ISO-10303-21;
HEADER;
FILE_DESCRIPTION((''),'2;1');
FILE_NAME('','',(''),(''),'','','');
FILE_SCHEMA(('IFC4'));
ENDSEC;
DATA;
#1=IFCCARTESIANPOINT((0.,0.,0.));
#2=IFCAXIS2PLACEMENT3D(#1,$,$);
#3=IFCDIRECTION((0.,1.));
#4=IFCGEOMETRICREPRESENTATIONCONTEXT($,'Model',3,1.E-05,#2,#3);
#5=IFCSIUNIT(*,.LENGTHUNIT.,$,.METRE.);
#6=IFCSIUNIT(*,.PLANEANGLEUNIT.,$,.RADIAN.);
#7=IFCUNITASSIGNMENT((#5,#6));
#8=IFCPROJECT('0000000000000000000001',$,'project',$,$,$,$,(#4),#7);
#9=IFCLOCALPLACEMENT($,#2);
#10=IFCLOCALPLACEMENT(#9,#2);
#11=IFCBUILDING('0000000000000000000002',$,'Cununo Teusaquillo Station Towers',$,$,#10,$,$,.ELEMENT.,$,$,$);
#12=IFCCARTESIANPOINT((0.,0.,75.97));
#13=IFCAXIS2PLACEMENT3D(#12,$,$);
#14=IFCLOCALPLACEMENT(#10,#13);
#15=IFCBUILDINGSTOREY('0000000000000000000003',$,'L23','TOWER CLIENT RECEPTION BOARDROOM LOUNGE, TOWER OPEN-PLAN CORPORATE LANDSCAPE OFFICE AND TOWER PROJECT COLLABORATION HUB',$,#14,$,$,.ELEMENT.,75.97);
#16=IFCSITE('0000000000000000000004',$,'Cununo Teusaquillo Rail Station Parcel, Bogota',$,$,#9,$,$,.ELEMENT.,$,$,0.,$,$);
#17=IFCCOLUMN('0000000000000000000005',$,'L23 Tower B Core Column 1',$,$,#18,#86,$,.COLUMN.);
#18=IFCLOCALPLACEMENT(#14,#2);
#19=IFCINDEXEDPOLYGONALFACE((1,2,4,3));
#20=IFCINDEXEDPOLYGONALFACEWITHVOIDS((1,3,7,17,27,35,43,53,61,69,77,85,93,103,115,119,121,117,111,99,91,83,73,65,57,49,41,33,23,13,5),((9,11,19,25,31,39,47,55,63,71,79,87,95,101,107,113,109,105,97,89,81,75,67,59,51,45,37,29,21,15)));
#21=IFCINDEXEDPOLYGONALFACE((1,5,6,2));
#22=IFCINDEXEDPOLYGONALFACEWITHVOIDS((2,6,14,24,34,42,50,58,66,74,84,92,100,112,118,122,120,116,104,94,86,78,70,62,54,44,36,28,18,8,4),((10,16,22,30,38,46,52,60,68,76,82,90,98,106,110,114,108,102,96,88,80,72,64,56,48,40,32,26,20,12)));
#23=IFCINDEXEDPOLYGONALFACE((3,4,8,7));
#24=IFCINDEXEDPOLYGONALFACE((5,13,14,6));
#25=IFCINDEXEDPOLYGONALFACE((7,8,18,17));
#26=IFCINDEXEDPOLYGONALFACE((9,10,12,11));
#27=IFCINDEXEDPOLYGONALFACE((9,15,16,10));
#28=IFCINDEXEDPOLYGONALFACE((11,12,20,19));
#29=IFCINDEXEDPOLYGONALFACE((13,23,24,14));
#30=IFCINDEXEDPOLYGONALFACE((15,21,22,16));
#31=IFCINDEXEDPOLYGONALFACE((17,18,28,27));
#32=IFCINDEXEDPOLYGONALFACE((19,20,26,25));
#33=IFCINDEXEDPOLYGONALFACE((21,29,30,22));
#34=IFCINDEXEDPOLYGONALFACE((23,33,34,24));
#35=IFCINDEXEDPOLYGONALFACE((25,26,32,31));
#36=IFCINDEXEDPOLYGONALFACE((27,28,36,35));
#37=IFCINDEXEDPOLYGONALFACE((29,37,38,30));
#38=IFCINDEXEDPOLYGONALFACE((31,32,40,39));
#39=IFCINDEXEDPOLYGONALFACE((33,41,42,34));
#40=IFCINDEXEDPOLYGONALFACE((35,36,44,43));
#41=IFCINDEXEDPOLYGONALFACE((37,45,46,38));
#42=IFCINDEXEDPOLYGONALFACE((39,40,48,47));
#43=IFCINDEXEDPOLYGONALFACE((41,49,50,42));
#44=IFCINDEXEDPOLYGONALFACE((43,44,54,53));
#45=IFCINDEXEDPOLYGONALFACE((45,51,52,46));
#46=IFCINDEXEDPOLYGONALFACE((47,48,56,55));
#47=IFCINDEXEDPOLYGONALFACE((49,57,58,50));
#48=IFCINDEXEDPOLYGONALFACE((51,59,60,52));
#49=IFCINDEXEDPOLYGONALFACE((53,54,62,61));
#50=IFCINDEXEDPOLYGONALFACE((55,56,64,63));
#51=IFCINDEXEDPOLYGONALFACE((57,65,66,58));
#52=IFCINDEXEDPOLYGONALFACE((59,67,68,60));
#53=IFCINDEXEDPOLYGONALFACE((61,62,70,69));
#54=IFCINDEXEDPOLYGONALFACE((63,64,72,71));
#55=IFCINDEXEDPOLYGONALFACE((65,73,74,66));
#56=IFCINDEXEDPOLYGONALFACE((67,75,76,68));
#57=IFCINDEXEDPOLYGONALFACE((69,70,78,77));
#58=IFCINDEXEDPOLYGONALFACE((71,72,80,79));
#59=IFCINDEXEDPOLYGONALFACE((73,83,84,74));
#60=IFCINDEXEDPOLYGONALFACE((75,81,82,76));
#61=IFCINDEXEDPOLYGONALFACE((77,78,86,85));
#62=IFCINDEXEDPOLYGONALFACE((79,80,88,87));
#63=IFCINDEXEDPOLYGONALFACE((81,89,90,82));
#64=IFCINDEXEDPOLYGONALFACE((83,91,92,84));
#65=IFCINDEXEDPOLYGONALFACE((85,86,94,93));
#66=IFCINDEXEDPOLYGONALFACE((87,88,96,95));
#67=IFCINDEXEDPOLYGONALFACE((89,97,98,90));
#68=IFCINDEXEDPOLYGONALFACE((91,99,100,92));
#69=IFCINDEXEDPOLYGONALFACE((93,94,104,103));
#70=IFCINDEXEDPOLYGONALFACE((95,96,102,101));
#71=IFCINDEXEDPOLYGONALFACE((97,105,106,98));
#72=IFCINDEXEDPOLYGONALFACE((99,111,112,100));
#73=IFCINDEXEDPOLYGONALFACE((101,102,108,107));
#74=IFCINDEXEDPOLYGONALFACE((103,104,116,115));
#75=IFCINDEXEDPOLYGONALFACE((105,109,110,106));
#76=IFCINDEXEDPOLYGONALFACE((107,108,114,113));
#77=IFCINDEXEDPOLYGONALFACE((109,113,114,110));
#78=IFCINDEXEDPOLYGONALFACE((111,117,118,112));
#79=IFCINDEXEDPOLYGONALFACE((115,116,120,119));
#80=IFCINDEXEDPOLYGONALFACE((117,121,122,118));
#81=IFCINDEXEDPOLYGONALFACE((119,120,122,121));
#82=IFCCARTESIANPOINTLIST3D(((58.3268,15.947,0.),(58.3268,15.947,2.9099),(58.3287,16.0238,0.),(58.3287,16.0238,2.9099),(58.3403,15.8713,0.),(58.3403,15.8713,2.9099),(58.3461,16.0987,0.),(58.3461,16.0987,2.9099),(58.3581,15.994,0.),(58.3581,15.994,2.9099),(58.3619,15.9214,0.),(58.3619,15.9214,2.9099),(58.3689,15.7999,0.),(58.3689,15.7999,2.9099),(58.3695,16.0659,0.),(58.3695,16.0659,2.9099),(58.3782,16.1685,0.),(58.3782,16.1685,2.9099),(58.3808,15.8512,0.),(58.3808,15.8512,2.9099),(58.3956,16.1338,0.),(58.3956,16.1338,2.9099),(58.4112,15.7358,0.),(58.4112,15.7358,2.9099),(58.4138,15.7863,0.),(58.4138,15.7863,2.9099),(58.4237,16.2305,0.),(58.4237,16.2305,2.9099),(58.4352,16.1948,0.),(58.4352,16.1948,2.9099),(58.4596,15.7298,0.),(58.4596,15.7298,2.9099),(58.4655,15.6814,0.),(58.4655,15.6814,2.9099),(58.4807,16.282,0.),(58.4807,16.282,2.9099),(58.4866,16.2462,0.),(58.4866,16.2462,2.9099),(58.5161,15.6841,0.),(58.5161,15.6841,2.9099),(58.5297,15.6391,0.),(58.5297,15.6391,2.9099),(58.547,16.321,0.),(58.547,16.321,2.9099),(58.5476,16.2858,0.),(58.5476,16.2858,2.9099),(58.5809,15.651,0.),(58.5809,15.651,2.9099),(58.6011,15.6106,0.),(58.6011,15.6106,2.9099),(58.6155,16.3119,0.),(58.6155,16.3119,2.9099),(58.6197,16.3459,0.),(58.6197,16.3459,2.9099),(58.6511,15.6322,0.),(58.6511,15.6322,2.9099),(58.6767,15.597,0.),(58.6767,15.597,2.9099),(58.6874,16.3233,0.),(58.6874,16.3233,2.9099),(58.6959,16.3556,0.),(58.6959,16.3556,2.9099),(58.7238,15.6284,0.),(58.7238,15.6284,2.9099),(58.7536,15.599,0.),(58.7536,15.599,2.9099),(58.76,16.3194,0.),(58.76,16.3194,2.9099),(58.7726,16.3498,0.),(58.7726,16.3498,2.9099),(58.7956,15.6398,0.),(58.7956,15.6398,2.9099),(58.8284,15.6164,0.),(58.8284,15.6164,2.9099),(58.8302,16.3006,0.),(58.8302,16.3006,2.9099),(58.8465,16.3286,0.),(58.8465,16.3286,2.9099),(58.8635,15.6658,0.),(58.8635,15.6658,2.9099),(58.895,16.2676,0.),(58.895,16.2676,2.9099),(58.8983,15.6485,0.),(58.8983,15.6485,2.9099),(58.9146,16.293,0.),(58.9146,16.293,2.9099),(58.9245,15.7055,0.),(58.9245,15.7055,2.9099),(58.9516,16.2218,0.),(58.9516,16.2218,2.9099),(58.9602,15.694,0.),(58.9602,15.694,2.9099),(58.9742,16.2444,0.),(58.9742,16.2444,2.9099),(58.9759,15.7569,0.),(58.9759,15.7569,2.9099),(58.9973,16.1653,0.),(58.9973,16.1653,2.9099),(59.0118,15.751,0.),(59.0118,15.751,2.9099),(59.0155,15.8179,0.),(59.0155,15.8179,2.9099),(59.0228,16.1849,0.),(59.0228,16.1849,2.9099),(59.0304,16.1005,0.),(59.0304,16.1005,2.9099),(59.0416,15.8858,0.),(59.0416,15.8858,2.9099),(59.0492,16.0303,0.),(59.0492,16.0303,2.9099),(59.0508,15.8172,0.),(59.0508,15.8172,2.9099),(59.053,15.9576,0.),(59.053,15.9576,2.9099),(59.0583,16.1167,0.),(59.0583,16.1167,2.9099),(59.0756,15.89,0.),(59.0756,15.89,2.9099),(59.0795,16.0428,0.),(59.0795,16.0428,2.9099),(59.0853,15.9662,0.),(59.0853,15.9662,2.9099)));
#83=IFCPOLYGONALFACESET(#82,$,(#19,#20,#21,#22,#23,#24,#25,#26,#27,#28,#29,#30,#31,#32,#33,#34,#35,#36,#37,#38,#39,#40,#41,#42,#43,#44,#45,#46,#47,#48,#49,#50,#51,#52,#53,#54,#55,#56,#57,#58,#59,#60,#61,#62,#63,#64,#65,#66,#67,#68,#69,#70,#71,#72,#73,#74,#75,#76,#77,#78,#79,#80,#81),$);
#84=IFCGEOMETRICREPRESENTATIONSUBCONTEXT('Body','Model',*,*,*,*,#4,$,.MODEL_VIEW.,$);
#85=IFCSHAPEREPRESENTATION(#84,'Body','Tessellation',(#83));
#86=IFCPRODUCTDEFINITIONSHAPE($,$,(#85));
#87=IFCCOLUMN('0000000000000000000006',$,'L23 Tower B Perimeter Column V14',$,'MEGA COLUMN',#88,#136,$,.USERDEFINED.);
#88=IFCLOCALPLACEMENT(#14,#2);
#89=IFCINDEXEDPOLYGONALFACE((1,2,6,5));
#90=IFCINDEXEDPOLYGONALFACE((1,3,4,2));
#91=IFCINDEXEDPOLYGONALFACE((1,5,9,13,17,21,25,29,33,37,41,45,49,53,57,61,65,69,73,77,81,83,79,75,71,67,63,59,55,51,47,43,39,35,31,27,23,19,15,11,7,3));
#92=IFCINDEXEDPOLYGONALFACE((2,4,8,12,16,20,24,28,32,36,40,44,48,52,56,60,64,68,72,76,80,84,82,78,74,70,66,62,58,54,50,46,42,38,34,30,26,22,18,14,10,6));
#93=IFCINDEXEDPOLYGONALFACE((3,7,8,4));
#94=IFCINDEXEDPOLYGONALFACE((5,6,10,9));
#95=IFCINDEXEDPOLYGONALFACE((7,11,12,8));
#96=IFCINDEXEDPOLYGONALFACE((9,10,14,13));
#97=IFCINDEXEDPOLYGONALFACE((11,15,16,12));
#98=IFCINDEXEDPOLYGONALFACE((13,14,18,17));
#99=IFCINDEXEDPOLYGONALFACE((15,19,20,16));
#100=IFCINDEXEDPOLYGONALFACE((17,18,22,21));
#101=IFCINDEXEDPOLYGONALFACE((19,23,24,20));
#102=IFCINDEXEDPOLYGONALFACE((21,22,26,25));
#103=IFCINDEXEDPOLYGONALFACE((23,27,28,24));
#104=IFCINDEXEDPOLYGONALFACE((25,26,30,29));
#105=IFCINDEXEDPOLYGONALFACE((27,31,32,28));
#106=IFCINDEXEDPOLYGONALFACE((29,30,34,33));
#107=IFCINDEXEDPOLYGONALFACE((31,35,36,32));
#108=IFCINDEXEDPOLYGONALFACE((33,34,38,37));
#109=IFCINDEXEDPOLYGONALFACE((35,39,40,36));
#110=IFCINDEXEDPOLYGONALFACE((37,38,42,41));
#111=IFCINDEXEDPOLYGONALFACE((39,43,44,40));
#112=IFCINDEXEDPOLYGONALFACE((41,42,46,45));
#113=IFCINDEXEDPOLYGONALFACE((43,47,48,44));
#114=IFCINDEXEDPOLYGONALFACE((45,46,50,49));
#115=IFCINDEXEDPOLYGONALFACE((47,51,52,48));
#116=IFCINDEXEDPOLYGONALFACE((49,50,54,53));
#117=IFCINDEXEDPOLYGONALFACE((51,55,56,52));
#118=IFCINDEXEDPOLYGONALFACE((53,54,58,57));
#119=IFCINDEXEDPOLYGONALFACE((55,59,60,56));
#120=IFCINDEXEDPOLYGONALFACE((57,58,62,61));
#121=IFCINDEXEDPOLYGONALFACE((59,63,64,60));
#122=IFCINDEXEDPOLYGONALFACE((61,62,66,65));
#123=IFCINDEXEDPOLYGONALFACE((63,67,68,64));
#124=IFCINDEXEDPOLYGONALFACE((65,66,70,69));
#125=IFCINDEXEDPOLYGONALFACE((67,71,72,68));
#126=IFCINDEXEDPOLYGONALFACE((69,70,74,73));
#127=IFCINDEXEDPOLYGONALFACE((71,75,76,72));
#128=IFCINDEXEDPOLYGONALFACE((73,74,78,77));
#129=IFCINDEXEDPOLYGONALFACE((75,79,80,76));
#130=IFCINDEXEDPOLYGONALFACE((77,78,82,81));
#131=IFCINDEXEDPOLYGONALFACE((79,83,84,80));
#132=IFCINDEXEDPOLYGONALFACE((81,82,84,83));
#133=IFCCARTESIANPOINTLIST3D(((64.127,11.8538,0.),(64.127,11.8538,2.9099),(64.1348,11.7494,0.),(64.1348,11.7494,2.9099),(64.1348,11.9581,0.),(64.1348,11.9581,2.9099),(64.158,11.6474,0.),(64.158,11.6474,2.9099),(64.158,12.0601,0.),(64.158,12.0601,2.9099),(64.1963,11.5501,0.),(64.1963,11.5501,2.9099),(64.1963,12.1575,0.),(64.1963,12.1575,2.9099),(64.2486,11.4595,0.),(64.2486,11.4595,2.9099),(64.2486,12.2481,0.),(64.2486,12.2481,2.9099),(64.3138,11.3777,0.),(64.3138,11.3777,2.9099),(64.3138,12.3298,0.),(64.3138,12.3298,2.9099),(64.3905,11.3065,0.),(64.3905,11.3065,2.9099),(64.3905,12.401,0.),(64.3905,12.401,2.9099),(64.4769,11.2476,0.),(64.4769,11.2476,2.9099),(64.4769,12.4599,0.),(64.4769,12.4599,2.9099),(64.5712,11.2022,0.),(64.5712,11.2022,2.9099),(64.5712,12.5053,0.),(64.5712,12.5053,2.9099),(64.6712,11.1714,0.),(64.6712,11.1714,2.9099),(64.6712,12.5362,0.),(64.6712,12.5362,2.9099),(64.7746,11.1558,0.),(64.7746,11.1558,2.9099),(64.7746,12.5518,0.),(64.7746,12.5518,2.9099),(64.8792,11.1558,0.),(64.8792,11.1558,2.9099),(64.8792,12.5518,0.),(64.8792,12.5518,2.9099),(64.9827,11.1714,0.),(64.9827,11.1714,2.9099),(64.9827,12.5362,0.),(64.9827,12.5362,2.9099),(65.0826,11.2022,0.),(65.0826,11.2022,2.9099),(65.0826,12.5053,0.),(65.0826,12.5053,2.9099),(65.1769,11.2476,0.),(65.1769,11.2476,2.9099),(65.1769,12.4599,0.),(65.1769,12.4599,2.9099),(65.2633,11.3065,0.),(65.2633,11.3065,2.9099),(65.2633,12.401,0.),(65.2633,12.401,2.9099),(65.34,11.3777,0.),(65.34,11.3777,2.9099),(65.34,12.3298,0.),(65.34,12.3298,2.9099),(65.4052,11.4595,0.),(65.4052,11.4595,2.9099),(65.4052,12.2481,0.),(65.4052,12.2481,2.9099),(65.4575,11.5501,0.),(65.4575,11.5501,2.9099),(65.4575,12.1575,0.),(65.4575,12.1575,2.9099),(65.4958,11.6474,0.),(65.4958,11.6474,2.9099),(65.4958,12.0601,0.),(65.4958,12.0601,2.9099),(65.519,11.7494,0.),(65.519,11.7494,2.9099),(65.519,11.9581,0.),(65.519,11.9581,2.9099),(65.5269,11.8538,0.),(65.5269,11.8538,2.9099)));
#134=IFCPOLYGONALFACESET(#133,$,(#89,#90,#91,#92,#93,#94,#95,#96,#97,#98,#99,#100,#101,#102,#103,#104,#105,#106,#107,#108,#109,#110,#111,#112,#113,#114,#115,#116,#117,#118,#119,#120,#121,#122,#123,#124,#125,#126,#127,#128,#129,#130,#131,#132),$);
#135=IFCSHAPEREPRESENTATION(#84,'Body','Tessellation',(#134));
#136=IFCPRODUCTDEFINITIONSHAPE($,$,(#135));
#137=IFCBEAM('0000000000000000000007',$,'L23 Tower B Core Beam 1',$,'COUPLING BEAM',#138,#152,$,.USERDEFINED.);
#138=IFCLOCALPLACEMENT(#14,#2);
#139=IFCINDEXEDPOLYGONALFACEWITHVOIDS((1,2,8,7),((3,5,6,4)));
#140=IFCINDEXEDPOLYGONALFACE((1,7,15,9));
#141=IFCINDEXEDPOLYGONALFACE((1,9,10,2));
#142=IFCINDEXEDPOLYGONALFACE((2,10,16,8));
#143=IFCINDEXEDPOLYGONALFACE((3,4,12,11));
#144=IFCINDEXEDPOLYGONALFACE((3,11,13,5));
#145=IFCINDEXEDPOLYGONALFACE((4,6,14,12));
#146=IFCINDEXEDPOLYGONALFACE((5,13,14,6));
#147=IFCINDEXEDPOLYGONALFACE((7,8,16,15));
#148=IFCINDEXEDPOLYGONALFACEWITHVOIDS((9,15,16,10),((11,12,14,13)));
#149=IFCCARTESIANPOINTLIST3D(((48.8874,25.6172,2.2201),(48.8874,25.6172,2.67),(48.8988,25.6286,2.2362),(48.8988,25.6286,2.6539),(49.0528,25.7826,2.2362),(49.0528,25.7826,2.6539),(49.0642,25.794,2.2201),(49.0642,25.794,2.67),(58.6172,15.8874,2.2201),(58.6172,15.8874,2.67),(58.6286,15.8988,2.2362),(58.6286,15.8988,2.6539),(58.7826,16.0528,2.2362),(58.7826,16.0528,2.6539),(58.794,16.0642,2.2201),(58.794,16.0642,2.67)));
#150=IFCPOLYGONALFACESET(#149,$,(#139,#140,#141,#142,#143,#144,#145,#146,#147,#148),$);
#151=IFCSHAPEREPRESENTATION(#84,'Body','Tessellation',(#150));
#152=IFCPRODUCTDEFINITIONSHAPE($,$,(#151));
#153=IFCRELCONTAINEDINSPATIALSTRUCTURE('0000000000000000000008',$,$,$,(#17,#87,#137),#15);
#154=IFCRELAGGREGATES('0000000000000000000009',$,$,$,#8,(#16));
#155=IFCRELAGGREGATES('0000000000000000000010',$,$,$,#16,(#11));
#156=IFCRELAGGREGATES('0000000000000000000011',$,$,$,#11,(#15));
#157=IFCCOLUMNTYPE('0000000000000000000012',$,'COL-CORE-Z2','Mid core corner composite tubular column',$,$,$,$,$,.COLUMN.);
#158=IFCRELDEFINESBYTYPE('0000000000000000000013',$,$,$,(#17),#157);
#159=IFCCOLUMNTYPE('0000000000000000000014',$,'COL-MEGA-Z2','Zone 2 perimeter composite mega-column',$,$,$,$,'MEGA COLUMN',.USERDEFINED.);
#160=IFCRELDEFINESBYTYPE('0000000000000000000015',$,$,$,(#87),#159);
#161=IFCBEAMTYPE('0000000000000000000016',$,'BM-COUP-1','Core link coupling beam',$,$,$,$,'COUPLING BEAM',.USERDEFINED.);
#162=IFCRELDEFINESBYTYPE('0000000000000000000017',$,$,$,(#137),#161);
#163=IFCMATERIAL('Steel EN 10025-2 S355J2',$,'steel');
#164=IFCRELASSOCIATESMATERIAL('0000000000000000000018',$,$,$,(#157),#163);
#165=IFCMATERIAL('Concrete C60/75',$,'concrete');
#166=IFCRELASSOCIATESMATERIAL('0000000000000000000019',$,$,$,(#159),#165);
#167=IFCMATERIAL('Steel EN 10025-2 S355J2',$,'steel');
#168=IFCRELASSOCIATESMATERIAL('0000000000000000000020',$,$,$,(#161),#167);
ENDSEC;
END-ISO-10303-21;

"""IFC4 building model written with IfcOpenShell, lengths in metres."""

from ifc_helpers import new_model, si_unit, direction, frame, origin, origin_2d, place, context, subcontext, project, spatial, hollow_rectangle, circle, hollow_circle, extrude, material, material_profile, profile_set, type_object, element, save


model = new_model("IFC4")

# Units and contexts
model_context = context("Model", 3, precision=1e-05, world=origin(), true_north=direction((0.0, 1.0)))
body_context = subcontext(model_context, "Body", "Model", "MODEL_VIEW")
ifc_project = project(units=[si_unit("LENGTHUNIT", "METRE"), si_unit("PLANEANGLEUNIT", "RADIAN")], contexts=[model_context])

# Site, building, storey
site_placement = place(None, origin())
site = spatial("IfcSite", under=ifc_project, at=site_placement, Name="Cununo Teusaquillo Rail Station Parcel, Bogota", CompositionType="ELEMENT", RefElevation=0.0)
building_placement = place(site_placement, origin())
building = spatial("IfcBuilding", under=site, at=building_placement, Name="Cununo Teusaquillo Station Towers", CompositionType="ELEMENT")
storey_placement = place(building_placement, frame((0.0, 0.0, 75.97)))
storey = spatial("IfcBuildingStorey", under=building, at=storey_placement, Name="L23", Description="TOWER CLIENT RECEPTION BOARDROOM LOUNGE, TOWER OPEN-PLAN CORPORATE LANDSCAPE OFFICE AND TOWER PROJECT COLLABORATION HUB", CompositionType="ELEMENT", Elevation=75.97)

# Columns
ifc_material_1 = material(Name="Steel EN 10025-2 S355J2", Category="steel")
ifc_material_profile_1 = material_profile(ifc_material_1, hollow_circle(Radius=0.3799, WallThickness=0.032, at=origin_2d()), Name="CHS 760x32")
ifc_profile_set_1 = profile_set([ifc_material_profile_1], Name="Steel EN 10025-2 S355J2")
column_type_1 = type_object("IfcColumnType", Name="COL-CORE-Z2", Description="Mid core corner composite tubular column", PredefinedType="COLUMN", material=ifc_profile_set_1)
column_1_placement = place(storey_placement, frame((58.7056, 15.9758, 0.0), z_axis=(0.0, 0.0, 1.0), x_axis=(0.707107, 0.707107, 0.0)))
element("IfcColumn", 1, at=column_1_placement, inside=storey, type_object=column_type_1, Name="L23 Tower B Core Column 1", PredefinedType="COLUMN", context=body_context, shape_type="SweptSolid", body=[
    extrude(hollow_circle(Radius=0.3799, WallThickness=0.032, at=origin_2d()), origin(), (0.0, 0.0, 1.0), 2.9099),
])
ifc_material_2 = material(Name="Concrete C60/75", Category="concrete")
ifc_material_profile_2 = material_profile(ifc_material_2, circle(Radius=0.7, at=origin_2d()), Name="RC-CIRC-1400")
ifc_profile_set_2 = profile_set([ifc_material_profile_2], Name="Concrete C60/75")
column_type_2 = type_object("IfcColumnType", Name="COL-MEGA-Z2", Description="Zone 2 perimeter composite mega-column", ElementType="MEGA COLUMN", PredefinedType="USERDEFINED", material=ifc_profile_set_2)
column_2_placement = place(storey_placement, frame((64.8269, 11.8538, 0.0), z_axis=(0.0, 0.0, 1.0), x_axis=(1.0, 0.0, 0.0)))
element("IfcColumn", 2, at=column_2_placement, inside=storey, type_object=column_type_2, Name="L23 Tower B Perimeter Column V14", ObjectType="MEGA COLUMN", PredefinedType="USERDEFINED", context=body_context, shape_type="SweptSolid", body=[
    extrude(circle(Radius=0.7, at=origin_2d()), origin(), (0.0, 0.0, 1.0), 2.9099),
])

# Beam
ifc_material_3 = material(Name="Steel EN 10025-2 S355J2", Category="steel")
ifc_material_profile_3 = material_profile(ifc_material_3, hollow_rectangle(XDim=0.25, YDim=0.45, WallThickness=0.0161, at=origin_2d()), Name="RHS 450x250x16")
ifc_profile_set_3 = profile_set([ifc_material_profile_3], Name="Steel EN 10025-2 S355J2")
beam_type_1 = type_object("IfcBeamType", Name="BM-COUP-1", Description="Core link coupling beam", ElementType="COUPLING BEAM", PredefinedType="USERDEFINED", material=ifc_profile_set_3)
beam_1_placement = place(storey_placement, frame((58.7056, 15.9758, 2.4451), z_axis=(-0.707107, 0.707107, 0.0), x_axis=(-0.707107, -0.707107, 0.0)))
element("IfcBeam", 3, at=beam_1_placement, inside=storey, type_object=beam_type_1, Name="L23 Tower B Core Beam 1", ObjectType="COUPLING BEAM", PredefinedType="USERDEFINED", context=body_context, shape_type="SweptSolid", body=[
    extrude(hollow_rectangle(XDim=0.25, YDim=0.45, WallThickness=0.0161, at=origin_2d()), origin(), (0.0, 0.0, 1.0), 13.76),
])

save(model, "model.ifc")
